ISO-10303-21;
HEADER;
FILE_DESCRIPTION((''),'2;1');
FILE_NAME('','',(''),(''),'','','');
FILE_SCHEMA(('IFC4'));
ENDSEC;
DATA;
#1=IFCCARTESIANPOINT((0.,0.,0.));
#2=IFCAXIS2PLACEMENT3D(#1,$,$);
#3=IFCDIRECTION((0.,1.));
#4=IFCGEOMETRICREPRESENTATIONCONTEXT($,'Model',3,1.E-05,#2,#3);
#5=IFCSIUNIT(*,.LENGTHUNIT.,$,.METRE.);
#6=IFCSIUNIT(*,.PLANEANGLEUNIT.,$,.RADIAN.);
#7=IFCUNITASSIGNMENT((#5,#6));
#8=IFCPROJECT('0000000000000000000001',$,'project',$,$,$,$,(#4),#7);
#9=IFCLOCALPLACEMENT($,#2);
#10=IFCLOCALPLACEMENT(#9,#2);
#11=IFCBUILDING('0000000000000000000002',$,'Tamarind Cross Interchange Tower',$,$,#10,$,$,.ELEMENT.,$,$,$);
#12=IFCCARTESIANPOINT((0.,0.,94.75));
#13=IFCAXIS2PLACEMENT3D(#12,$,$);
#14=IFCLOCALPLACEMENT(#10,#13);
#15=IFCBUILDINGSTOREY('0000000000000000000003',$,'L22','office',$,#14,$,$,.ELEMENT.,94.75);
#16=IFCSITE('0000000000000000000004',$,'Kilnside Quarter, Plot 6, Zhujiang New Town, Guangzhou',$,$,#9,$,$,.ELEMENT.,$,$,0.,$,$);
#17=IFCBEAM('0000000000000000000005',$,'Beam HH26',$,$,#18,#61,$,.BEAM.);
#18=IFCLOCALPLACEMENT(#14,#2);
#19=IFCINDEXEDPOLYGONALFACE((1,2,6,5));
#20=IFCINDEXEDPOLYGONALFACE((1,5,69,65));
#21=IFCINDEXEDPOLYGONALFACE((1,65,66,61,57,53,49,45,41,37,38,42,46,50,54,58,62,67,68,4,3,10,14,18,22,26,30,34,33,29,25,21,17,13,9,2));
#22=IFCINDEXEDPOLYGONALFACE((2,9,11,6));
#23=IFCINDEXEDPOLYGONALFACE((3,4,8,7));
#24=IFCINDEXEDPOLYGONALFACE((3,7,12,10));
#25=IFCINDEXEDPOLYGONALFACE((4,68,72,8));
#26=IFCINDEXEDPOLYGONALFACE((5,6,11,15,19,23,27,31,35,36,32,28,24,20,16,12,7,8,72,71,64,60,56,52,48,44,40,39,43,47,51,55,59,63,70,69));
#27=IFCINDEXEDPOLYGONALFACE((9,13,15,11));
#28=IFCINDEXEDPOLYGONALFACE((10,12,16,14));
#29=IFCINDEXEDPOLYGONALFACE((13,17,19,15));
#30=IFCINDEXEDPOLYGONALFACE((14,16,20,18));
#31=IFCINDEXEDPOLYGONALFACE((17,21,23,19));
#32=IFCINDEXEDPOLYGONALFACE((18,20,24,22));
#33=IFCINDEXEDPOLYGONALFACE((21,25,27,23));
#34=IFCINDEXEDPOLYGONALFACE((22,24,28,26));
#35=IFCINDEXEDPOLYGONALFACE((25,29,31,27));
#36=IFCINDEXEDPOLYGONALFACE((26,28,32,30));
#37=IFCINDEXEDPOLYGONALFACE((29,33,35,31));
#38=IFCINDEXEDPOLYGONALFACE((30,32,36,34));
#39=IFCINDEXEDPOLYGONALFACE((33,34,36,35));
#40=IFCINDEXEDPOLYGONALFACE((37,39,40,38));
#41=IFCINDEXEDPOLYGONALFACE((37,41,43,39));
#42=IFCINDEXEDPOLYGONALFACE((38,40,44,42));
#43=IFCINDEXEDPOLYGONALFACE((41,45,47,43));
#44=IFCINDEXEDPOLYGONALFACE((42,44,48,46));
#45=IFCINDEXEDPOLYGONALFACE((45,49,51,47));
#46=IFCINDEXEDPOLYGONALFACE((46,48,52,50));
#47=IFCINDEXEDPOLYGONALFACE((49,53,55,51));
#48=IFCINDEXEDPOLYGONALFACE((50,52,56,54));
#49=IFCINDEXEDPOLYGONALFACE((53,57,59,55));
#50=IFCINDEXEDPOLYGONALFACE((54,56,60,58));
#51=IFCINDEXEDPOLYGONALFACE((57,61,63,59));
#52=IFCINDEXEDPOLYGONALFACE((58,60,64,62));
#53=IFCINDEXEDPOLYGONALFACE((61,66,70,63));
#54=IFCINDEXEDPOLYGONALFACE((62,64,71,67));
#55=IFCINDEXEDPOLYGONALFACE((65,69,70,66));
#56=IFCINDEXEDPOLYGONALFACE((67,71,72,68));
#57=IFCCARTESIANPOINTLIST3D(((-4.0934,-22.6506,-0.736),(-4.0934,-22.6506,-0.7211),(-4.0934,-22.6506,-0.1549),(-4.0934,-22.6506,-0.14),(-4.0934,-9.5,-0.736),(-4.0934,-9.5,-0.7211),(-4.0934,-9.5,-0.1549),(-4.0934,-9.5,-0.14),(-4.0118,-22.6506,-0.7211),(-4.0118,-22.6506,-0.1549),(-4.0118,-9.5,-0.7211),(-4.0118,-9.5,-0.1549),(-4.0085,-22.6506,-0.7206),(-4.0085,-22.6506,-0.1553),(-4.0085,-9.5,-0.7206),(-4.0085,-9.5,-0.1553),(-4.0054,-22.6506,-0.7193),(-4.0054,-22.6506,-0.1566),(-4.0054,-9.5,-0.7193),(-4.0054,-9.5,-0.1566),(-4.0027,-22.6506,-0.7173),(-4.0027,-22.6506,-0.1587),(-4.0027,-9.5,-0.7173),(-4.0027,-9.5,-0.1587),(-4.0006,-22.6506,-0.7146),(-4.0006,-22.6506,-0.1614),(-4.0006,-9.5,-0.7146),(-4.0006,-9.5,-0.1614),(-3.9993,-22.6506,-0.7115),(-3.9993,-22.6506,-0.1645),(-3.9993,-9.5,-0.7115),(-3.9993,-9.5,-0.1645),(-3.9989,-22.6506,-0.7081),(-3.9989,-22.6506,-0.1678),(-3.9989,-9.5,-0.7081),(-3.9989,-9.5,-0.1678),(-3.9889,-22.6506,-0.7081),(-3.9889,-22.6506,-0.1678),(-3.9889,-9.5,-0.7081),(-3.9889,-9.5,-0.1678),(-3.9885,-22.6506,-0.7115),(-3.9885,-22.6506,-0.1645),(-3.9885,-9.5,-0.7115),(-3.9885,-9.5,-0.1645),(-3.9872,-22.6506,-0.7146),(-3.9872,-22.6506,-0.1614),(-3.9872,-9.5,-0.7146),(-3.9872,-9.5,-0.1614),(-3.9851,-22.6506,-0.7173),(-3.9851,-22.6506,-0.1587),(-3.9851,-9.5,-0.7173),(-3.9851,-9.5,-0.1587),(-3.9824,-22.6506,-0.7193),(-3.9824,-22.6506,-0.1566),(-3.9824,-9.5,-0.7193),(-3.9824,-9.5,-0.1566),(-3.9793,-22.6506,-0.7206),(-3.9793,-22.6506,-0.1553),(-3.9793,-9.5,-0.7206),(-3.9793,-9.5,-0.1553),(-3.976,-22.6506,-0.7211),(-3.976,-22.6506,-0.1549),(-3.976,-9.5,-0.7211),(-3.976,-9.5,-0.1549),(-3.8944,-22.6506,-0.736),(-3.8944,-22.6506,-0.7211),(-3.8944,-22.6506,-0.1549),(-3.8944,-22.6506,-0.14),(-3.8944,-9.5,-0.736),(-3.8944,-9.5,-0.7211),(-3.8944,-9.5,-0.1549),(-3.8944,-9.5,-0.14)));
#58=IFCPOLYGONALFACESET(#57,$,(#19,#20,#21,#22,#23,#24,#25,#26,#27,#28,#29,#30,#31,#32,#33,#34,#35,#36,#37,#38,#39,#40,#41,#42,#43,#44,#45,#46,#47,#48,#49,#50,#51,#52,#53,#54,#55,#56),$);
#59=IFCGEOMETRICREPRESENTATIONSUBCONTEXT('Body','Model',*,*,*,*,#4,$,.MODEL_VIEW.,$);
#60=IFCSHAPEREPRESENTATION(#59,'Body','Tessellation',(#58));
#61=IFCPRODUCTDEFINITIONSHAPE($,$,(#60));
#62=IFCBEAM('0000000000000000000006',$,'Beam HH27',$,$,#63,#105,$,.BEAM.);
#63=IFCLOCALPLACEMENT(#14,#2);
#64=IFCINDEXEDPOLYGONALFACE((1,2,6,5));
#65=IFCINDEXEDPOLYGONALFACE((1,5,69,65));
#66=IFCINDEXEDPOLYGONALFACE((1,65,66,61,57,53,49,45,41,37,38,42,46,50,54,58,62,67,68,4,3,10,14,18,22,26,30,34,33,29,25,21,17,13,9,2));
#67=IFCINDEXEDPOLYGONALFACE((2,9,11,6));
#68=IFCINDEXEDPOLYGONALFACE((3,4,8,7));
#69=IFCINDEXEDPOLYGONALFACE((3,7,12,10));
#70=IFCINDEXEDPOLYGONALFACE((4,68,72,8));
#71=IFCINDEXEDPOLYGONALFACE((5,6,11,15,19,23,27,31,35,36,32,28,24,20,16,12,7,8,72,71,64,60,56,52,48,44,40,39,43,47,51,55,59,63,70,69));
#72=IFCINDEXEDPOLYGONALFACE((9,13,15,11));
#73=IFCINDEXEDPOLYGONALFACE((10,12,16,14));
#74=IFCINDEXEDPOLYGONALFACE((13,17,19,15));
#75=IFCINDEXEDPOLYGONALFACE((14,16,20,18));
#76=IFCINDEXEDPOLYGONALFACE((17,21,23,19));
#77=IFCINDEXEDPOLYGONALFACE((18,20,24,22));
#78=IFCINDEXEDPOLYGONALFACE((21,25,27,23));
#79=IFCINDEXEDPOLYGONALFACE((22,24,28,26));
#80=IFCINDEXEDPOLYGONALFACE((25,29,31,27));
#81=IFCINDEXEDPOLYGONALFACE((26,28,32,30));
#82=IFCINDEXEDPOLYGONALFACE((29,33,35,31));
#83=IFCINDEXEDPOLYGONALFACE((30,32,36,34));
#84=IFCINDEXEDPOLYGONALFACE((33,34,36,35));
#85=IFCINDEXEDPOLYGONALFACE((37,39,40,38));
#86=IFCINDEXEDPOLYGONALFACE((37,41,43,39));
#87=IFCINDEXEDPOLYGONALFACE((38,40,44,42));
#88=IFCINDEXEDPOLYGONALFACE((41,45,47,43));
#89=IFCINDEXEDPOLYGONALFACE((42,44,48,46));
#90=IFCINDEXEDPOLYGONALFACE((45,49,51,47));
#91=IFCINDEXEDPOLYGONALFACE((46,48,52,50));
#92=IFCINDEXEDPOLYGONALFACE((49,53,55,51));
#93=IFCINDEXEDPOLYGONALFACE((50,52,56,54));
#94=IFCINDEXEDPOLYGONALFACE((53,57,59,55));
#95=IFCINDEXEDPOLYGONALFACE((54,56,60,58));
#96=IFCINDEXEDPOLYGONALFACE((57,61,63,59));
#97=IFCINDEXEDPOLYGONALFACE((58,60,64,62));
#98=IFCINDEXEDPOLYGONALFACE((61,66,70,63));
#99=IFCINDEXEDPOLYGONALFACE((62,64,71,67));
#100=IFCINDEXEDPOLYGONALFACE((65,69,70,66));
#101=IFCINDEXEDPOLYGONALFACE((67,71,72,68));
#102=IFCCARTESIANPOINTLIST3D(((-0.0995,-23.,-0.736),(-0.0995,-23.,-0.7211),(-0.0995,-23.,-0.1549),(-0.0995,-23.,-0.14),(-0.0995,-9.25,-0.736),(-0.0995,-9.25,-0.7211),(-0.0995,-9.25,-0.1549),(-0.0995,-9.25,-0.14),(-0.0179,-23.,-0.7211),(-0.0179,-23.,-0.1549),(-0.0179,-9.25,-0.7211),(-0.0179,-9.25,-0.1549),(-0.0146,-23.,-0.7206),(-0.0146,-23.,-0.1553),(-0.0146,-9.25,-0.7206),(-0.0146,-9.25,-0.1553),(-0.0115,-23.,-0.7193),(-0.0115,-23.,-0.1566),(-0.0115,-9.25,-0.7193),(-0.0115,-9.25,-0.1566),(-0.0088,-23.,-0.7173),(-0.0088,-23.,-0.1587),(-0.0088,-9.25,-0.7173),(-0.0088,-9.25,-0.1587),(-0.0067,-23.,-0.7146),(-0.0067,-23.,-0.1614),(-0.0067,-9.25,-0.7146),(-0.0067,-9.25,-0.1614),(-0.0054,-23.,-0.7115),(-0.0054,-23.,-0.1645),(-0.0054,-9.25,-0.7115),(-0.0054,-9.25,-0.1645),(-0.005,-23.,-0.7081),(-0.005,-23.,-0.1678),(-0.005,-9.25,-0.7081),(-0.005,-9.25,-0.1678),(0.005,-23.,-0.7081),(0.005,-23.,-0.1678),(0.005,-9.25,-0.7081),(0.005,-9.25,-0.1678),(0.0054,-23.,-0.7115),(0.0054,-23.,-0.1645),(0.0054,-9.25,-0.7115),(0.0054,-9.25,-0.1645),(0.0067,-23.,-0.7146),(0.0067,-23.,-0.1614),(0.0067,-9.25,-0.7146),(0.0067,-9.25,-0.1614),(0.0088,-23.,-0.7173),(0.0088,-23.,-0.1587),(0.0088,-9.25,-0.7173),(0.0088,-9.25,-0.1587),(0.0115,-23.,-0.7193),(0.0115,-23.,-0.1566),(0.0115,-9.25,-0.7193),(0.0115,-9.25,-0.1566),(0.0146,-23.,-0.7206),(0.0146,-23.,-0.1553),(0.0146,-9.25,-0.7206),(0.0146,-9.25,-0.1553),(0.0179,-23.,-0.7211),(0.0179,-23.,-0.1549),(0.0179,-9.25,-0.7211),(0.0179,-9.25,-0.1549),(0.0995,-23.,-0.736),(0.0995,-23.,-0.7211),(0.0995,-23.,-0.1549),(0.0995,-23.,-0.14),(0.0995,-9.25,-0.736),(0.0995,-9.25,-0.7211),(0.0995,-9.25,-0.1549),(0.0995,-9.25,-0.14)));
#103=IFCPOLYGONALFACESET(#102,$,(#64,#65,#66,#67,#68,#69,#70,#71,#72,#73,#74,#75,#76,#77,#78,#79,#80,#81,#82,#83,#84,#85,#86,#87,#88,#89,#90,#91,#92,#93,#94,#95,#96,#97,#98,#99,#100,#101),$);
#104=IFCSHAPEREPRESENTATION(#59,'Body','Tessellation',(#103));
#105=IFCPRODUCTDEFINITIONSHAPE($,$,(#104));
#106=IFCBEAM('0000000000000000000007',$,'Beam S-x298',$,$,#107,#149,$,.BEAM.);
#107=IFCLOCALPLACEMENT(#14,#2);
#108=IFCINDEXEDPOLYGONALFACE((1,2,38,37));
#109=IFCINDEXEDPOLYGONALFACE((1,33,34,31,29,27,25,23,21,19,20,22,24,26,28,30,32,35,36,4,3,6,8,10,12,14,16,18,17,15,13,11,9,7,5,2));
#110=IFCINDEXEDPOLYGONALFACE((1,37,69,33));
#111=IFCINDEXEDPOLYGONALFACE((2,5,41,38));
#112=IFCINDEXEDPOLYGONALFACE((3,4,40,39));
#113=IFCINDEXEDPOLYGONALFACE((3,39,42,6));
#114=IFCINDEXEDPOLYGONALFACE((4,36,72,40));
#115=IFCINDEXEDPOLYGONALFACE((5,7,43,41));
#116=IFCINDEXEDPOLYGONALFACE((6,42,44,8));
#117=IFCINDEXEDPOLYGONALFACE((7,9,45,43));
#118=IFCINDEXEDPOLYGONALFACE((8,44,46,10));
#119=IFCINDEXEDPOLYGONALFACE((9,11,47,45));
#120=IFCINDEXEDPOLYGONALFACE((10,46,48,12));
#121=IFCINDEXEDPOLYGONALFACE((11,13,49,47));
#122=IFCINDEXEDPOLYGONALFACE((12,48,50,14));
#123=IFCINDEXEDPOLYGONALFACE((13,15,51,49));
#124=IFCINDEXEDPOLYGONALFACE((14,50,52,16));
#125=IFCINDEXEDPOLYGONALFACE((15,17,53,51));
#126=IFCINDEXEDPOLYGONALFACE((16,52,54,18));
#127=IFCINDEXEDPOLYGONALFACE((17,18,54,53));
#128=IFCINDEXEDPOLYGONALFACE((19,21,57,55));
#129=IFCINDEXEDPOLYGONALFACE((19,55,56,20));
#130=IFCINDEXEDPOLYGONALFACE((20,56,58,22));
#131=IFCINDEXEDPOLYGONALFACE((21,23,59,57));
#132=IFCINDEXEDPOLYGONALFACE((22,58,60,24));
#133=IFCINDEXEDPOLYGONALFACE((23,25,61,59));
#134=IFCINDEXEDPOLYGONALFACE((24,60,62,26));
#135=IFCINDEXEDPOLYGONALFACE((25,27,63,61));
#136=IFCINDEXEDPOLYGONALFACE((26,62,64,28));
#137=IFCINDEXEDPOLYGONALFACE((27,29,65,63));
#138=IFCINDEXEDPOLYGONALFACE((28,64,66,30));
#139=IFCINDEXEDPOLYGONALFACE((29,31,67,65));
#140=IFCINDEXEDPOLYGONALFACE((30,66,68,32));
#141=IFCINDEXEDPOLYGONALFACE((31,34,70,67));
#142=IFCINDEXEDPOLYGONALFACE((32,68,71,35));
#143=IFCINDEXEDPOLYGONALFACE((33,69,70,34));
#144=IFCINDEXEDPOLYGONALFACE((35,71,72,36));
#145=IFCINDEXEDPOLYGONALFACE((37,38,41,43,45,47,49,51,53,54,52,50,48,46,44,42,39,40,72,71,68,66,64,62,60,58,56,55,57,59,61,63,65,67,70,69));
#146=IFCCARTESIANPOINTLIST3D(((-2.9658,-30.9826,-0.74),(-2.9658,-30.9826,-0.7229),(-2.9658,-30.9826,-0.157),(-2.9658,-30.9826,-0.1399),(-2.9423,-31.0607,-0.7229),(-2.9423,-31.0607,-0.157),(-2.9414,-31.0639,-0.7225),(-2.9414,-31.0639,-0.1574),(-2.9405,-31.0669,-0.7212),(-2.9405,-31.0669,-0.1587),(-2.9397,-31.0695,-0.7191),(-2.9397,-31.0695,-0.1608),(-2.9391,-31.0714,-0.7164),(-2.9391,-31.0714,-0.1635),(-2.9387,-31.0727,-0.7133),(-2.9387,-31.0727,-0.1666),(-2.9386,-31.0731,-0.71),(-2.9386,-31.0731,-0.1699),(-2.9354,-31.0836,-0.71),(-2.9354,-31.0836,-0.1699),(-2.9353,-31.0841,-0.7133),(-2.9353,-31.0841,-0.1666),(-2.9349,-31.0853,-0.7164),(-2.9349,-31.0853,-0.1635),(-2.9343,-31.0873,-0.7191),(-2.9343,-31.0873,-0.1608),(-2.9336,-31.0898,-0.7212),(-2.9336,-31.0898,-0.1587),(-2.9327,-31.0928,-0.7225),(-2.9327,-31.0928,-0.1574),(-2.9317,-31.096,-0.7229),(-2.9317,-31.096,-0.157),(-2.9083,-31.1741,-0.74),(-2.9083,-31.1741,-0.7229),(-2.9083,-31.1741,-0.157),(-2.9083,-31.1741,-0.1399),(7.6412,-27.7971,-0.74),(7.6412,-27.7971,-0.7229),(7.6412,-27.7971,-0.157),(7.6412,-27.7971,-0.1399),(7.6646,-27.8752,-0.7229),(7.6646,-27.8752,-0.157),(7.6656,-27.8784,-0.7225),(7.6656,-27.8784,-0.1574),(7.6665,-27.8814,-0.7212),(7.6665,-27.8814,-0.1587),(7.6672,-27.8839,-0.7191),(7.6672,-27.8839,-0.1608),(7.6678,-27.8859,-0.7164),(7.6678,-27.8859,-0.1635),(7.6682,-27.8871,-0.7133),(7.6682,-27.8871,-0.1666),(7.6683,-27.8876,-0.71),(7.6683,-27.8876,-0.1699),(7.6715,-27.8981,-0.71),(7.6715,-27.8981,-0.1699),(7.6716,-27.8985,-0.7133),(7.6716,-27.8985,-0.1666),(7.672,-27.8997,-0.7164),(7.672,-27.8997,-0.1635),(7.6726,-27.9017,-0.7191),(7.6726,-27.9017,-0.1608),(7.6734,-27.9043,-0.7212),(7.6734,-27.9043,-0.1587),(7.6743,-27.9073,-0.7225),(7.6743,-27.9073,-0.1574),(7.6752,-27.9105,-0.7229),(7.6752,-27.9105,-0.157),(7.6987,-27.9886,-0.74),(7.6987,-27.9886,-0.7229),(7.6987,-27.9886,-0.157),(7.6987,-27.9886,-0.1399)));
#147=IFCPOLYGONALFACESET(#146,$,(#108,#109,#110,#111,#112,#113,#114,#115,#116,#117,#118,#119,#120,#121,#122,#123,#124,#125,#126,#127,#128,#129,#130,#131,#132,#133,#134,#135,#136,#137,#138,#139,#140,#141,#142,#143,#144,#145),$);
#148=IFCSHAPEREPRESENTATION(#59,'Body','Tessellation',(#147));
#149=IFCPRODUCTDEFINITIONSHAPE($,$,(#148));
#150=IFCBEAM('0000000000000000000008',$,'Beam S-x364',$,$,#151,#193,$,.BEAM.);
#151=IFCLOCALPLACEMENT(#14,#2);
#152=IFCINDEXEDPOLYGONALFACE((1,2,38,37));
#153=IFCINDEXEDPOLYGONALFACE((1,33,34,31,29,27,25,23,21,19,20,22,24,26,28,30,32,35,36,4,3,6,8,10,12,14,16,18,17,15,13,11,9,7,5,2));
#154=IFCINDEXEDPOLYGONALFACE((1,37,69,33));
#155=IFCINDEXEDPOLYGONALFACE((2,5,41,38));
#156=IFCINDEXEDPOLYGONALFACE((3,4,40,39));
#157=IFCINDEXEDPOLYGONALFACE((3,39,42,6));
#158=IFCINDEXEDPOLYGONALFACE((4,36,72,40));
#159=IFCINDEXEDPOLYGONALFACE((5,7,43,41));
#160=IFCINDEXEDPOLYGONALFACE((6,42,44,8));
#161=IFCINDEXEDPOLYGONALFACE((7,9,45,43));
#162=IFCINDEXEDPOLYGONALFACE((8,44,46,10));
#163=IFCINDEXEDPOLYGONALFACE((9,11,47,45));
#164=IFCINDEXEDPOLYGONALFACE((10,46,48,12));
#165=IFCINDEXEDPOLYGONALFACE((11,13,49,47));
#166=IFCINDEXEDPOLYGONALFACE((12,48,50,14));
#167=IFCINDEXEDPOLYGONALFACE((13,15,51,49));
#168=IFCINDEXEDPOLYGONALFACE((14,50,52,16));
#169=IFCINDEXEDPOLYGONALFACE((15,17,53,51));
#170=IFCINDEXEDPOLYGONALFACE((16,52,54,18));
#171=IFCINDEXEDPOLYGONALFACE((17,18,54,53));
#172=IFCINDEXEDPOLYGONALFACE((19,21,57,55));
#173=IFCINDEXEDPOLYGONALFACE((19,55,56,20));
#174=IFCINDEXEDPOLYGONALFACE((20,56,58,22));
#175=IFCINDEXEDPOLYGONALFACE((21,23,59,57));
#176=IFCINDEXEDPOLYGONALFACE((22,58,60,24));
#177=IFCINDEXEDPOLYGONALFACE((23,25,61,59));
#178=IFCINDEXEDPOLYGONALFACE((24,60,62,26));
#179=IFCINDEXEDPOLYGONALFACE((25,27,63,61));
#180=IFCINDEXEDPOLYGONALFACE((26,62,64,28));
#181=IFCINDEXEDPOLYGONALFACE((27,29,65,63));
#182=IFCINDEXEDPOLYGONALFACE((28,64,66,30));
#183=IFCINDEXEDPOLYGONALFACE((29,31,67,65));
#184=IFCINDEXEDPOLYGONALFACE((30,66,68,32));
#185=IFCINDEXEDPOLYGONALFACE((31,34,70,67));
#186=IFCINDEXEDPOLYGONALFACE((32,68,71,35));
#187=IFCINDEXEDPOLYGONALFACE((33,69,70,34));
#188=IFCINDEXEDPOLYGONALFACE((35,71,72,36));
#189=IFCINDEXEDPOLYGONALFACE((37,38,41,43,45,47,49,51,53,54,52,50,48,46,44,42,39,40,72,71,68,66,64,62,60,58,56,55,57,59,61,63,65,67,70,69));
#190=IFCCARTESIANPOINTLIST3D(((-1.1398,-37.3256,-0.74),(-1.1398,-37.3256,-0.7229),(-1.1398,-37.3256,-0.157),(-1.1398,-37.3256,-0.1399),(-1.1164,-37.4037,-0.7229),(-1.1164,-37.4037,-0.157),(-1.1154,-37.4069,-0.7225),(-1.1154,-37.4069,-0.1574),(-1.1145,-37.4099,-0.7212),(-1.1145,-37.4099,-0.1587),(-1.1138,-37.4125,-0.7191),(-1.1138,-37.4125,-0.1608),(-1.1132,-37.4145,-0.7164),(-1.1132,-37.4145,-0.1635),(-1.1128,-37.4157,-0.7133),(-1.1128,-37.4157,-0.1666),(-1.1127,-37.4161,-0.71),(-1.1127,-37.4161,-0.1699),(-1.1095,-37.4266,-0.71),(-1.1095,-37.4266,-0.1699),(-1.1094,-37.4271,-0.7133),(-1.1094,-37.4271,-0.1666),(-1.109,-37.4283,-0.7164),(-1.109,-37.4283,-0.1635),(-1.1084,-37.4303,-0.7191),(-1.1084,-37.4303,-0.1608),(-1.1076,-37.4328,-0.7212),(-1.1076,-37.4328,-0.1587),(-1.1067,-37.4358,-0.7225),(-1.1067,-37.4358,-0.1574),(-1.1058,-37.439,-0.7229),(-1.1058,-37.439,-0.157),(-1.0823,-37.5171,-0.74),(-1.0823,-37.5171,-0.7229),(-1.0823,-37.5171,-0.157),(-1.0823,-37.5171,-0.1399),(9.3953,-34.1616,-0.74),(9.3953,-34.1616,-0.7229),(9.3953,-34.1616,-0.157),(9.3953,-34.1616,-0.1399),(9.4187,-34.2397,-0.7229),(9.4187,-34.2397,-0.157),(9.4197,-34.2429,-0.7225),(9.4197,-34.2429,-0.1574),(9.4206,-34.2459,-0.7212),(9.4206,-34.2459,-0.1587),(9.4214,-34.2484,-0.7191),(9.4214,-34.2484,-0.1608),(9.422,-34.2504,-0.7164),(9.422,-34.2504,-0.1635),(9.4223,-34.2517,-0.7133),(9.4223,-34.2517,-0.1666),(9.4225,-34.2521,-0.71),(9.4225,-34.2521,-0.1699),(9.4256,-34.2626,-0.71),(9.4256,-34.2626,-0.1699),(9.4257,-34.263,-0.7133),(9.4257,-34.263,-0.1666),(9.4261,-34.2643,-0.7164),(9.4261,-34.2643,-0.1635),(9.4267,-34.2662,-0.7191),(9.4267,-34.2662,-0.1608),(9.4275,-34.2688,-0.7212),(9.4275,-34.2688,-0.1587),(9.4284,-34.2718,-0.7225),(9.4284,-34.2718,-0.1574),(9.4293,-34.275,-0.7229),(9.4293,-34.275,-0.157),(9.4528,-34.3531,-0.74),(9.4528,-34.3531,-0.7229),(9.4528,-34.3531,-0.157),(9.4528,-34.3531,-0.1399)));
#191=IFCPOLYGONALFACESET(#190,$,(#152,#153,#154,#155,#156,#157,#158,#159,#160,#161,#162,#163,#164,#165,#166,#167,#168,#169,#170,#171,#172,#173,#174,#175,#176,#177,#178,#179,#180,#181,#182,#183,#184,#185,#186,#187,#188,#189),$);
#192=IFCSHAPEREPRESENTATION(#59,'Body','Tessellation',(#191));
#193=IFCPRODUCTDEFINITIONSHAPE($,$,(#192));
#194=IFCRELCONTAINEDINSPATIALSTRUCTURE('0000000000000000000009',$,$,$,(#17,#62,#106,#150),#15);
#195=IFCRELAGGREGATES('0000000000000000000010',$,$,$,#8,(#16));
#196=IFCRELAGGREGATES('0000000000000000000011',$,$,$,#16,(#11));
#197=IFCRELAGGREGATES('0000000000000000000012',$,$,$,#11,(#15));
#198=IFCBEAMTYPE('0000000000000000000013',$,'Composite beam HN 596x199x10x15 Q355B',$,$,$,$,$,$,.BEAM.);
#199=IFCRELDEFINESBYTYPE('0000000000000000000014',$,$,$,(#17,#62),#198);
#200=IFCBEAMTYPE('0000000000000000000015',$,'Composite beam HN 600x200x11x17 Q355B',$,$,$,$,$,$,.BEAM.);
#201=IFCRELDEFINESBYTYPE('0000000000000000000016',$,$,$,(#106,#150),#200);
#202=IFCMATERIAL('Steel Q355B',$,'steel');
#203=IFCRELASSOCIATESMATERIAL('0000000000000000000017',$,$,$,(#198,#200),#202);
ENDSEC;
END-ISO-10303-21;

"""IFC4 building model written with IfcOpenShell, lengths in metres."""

from ifc_helpers import new_model, si_unit, direction, frame, origin, origin_2d, place, context, subcontext, project, spatial, i_section, extrude, material, material_profile, profile_set, type_object, element, save


model = new_model("IFC4")

# Units and contexts
model_context = context("Model", 3, precision=1e-05, world=origin(), true_north=direction((0.0, 1.0)))
body_context = subcontext(model_context, "Body", "Model", "MODEL_VIEW")
ifc_project = project(units=[si_unit("LENGTHUNIT", "METRE"), si_unit("PLANEANGLEUNIT", "RADIAN")], contexts=[model_context])

# Site, building, storey
site_placement = place(None, origin())
site = spatial("IfcSite", under=ifc_project, at=site_placement, Name="Kilnside Quarter, Plot 6, Zhujiang New Town, Guangzhou", CompositionType="ELEMENT", RefElevation=0.0)
building_placement = place(site_placement, origin())
building = spatial("IfcBuilding", under=site, at=building_placement, Name="Tamarind Cross Interchange Tower", CompositionType="ELEMENT")
storey_placement = place(building_placement, frame((0.0, 0.0, 94.75)))
storey = spatial("IfcBuildingStorey", under=building, at=storey_placement, Name="L22", Description="office", CompositionType="ELEMENT", Elevation=94.75)

# Beams
ifc_material_1 = material(Name="Steel Q355B", Category="steel")
ifc_material_profile_1 = material_profile(ifc_material_1, i_section(OverallWidth=0.199, OverallDepth=0.5959, WebThickness=0.01, FlangeThickness=0.0149, FilletRadius=0.0129, at=origin_2d()), Name="HN 596x199x10x15")
ifc_profile_set_1 = profile_set([ifc_material_profile_1], Name="Steel Q355B")
beam_type_1 = type_object("IfcBeamType", Name="Composite beam HN 596x199x10x15 Q355B", PredefinedType="BEAM", material=ifc_profile_set_1)
beam_1_placement = place(storey_placement, frame((-3.9939, -22.6506, -0.438), z_axis=(0.0, 1.0, 0.0), x_axis=(-1.0, 0.0, 0.0)))
element("IfcBeam", 1, at=beam_1_placement, inside=storey, type_object=beam_type_1, Name="Beam HH26", PredefinedType="BEAM", context=body_context, shape_type="SweptSolid", body=[
    extrude(i_section(OverallWidth=0.199, OverallDepth=0.5959, WebThickness=0.01, FlangeThickness=0.0149, FilletRadius=0.0129, at=origin_2d()), origin(), (0.0, 0.0, 1.0), 13.1506),
])
beam_2_placement = place(storey_placement, frame((0.0, -23.0, -0.438), z_axis=(0.0, 1.0, 0.0), x_axis=(-1.0, 0.0, 0.0)))
element("IfcBeam", 2, at=beam_2_placement, inside=storey, type_object=beam_type_1, Name="Beam HH27", PredefinedType="BEAM", context=body_context, shape_type="SweptSolid", body=[
    extrude(i_section(OverallWidth=0.199, OverallDepth=0.5959, WebThickness=0.01, FlangeThickness=0.0149, FilletRadius=0.0129, at=origin_2d()), origin(), (0.0, 0.0, 1.0), 13.75),
])
ifc_material_profile_2 = material_profile(ifc_material_1, i_section(OverallWidth=0.2, OverallDepth=0.6001, WebThickness=0.011, FlangeThickness=0.0171, FilletRadius=0.0129, at=origin_2d()), Name="HN 600x200x11x17")
ifc_profile_set_2 = profile_set([ifc_material_profile_2], Name="Steel Q355B")
beam_type_2 = type_object("IfcBeamType", Name="Composite beam HN 600x200x11x17 Q355B", PredefinedType="BEAM", material=ifc_profile_set_2)
beam_3_placement = place(storey_placement, frame((-2.937, -31.0784, -0.4399), z_axis=(0.95774, 0.287635, 0.0), x_axis=(-0.287635, 0.95774, 0.0)))
element("IfcBeam", 3, at=beam_3_placement, inside=storey, type_object=beam_type_2, Name="Beam S-x298", PredefinedType="BEAM", context=body_context, shape_type="SweptSolid", body=[
    extrude(i_section(OverallWidth=0.2, OverallDepth=0.6001, WebThickness=0.011, FlangeThickness=0.0171, FilletRadius=0.0129, at=origin_2d()), origin(), (0.0, 0.0, 1.0), 11.075),
])
beam_4_placement = place(storey_placement, frame((-1.1111, -37.4214, -0.4399), z_axis=(0.957738, 0.287641, 0.0), x_axis=(-0.287641, 0.957738, 0.0)))
element("IfcBeam", 4, at=beam_4_placement, inside=storey, type_object=beam_type_2, Name="Beam S-x364", PredefinedType="BEAM", context=body_context, shape_type="SweptSolid", body=[
    extrude(i_section(OverallWidth=0.2, OverallDepth=0.6001, WebThickness=0.011, FlangeThickness=0.0171, FilletRadius=0.0129, at=origin_2d()), origin(), (0.0, 0.0, 1.0), 11.0),
])

save(model, "model.ifc")
